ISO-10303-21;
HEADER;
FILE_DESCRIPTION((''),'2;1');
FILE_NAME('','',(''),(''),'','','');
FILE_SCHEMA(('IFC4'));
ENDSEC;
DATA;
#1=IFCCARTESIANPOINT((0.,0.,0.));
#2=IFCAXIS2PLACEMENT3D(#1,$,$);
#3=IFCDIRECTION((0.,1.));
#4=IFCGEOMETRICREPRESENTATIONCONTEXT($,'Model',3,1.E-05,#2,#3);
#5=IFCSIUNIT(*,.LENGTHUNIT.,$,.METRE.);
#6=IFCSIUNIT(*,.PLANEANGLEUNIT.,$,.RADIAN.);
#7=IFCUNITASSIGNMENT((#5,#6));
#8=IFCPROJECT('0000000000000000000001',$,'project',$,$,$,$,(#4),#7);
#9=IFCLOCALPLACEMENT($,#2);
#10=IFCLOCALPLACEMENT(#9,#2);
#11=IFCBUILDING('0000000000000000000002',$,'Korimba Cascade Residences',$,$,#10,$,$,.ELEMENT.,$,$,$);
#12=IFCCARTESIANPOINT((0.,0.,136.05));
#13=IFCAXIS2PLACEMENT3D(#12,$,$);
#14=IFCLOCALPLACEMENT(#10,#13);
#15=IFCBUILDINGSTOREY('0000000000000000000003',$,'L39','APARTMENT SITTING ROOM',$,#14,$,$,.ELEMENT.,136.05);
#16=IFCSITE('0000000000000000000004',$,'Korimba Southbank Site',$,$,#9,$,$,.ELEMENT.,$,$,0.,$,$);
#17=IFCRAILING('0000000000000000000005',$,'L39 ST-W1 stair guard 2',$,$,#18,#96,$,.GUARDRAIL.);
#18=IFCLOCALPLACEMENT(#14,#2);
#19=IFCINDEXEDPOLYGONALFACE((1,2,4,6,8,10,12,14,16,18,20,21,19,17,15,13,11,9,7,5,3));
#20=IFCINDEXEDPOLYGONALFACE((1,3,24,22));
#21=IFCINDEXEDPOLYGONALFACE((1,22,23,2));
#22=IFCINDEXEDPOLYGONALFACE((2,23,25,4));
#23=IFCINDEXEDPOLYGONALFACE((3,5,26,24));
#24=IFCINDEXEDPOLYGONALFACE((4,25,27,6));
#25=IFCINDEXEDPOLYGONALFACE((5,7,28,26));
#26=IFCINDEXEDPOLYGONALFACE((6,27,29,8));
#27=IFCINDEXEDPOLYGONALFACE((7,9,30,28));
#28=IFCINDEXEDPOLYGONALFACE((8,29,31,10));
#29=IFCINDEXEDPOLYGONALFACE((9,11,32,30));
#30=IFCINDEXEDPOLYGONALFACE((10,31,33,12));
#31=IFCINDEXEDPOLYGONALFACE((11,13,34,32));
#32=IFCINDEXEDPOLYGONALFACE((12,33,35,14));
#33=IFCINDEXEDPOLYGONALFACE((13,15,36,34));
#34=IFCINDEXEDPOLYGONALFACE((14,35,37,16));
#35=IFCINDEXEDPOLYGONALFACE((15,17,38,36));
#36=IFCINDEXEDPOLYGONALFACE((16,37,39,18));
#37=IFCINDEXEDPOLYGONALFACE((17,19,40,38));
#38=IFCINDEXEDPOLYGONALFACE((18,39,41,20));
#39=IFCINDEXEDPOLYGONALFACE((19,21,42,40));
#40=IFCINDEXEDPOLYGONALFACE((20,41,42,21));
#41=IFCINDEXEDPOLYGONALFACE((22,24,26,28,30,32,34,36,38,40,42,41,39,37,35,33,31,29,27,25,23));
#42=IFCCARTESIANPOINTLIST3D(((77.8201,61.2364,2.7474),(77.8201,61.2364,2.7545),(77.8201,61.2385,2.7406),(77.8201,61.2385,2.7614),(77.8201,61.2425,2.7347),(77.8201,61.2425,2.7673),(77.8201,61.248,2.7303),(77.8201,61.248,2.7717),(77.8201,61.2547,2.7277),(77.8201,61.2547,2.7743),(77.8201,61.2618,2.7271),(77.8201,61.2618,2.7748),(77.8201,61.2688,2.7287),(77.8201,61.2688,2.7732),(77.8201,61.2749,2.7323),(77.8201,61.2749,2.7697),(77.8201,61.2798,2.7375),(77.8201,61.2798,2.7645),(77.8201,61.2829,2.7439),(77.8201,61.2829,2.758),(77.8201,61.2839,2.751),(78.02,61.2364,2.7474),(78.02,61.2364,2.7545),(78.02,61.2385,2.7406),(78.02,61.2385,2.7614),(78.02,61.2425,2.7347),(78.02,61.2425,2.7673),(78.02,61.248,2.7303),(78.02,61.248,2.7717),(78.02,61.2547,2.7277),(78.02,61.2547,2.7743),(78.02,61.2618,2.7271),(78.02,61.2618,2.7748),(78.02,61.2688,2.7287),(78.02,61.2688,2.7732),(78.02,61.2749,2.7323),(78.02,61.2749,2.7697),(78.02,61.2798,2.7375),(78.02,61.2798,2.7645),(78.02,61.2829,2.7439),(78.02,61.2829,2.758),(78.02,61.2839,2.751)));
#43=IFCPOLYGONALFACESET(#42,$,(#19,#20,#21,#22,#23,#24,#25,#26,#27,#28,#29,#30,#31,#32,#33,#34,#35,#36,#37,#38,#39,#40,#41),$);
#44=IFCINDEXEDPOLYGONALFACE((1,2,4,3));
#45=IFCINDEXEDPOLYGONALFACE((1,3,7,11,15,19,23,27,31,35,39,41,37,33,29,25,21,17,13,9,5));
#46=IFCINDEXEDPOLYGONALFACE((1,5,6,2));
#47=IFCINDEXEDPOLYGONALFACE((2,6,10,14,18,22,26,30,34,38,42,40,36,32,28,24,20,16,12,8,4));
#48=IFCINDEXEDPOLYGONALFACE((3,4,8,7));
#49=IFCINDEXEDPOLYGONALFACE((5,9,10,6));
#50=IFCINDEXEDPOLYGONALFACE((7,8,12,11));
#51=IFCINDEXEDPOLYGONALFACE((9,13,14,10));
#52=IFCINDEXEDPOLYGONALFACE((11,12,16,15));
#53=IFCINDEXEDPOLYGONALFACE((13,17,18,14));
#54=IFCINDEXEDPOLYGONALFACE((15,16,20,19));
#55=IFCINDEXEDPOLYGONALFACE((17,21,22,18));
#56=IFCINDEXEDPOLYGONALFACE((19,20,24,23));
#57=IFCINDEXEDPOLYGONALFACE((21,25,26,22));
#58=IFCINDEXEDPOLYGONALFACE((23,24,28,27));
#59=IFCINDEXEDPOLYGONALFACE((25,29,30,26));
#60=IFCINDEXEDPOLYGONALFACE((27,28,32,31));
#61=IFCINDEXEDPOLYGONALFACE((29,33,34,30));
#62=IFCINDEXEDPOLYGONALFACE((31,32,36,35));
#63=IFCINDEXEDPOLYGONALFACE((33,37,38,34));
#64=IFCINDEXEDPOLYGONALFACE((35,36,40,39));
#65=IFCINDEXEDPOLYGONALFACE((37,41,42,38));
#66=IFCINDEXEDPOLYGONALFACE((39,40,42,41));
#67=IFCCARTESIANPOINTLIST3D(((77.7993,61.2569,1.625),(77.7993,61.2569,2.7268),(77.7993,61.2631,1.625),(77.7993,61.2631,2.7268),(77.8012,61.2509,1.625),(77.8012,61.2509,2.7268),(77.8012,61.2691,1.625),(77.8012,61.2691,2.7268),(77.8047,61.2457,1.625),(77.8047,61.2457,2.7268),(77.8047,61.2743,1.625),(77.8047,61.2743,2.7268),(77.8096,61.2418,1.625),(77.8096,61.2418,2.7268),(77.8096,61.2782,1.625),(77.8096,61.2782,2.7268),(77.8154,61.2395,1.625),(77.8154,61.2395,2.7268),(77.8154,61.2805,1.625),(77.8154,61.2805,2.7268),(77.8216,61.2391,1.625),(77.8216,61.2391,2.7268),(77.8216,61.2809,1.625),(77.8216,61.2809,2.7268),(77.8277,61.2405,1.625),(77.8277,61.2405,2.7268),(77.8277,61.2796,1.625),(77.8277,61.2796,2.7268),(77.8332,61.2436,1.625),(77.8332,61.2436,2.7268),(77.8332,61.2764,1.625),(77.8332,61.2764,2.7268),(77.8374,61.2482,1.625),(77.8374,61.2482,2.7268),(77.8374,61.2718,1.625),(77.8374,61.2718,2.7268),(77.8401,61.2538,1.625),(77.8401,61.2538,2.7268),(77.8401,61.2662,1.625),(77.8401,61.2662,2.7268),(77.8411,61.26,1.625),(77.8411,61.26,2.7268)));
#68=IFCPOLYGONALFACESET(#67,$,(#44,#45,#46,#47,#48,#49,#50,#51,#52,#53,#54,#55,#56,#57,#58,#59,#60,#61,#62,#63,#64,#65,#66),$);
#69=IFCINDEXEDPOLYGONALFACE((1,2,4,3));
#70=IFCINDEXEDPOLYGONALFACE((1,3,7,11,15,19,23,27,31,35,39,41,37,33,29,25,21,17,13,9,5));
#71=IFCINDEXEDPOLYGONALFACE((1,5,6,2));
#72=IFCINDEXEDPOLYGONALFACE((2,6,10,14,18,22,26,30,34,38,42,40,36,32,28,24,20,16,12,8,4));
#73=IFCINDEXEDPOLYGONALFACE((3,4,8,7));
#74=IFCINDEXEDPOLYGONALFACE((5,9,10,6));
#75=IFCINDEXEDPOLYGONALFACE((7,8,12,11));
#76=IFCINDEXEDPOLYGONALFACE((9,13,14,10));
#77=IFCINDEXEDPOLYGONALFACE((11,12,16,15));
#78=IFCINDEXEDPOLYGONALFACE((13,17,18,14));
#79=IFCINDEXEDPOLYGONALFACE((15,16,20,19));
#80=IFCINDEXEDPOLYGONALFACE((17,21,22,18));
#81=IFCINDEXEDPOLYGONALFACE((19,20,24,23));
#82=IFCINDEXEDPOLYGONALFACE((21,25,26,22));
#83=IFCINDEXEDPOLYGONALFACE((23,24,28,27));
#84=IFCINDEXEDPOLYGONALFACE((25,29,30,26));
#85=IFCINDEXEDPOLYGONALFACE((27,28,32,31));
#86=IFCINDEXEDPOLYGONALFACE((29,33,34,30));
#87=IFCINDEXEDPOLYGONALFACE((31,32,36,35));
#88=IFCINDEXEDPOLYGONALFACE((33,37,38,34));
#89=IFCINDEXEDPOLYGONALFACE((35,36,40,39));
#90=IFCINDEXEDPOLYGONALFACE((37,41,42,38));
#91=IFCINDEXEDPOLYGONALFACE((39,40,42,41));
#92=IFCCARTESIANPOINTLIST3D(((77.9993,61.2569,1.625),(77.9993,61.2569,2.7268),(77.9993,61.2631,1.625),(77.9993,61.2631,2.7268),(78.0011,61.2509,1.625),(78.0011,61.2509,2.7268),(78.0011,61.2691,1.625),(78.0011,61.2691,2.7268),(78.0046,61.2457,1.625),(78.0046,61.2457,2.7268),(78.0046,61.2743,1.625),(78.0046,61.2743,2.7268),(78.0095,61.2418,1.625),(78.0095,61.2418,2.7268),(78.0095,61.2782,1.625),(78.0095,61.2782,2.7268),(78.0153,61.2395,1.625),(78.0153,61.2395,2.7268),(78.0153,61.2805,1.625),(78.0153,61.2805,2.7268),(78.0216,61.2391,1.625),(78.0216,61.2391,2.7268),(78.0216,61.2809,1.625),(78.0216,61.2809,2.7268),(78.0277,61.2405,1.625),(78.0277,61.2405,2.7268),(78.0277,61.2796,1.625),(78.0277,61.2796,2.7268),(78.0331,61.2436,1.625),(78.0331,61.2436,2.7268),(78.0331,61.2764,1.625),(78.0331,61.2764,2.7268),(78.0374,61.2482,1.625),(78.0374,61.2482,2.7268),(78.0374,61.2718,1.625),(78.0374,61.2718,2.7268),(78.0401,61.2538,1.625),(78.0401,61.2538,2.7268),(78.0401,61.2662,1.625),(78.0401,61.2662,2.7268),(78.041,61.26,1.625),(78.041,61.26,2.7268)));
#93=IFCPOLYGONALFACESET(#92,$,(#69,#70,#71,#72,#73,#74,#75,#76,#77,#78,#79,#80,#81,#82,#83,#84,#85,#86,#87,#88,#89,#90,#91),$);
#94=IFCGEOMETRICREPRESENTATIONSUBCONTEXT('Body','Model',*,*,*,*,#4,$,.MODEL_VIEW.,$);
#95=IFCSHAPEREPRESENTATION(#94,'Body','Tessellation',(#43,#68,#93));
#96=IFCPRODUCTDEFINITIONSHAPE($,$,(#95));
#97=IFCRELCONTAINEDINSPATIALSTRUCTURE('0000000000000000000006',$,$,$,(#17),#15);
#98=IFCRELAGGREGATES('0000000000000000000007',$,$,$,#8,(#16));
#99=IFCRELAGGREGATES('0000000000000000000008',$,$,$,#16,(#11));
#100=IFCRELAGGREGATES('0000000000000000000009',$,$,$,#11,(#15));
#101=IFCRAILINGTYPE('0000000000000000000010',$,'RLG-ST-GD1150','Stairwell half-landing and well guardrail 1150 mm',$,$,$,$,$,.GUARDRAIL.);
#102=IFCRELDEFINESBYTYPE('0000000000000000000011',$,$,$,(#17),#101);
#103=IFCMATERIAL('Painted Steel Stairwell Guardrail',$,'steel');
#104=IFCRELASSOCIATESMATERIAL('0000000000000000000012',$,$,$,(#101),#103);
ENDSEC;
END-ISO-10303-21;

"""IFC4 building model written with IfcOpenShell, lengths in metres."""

from ifc_helpers import new_model, si_unit, direction, frame, origin, origin_2d, place, context, subcontext, project, spatial, circle, extrude, material, type_object, element, save


model = new_model("IFC4")

# Units and contexts
model_context = context("Model", 3, precision=1e-05, world=origin(), true_north=direction((0.0, 1.0)))
body_context = subcontext(model_context, "Body", "Model", "MODEL_VIEW")
ifc_project = project(units=[si_unit("LENGTHUNIT", "METRE"), si_unit("PLANEANGLEUNIT", "RADIAN")], contexts=[model_context])

# Site, building, storey
site_placement = place(None, origin())
site = spatial("IfcSite", under=ifc_project, at=site_placement, Name="Korimba Southbank Site", CompositionType="ELEMENT", RefElevation=0.0)
building_placement = place(site_placement, origin())
building = spatial("IfcBuilding", under=site, at=building_placement, Name="Korimba Cascade Residences", CompositionType="ELEMENT")
storey_placement = place(building_placement, frame((0.0, 0.0, 136.05)))
storey = spatial("IfcBuildingStorey", under=building, at=storey_placement, Name="L39", Description="APARTMENT SITTING ROOM", CompositionType="ELEMENT", Elevation=136.05)

# Railing
ifc_material_1 = material(Name="Painted Steel Stairwell Guardrail", Category="steel")
railing_type_1 = type_object("IfcRailingType", Name="RLG-ST-GD1150", Description="Stairwell half-landing and well guardrail 1150 mm", PredefinedType="GUARDRAIL", material=ifc_material_1)
railing_1_placement = place(storey_placement, frame((77.8201, 61.26, 1.625)))
element("IfcRailing", 1, at=railing_1_placement, inside=storey, type_object=railing_type_1, Name="L39 ST-W1 stair guard 2", PredefinedType="GUARDRAIL", context=body_context, shape_type="SweptSolid", body=[
    extrude(circle(Radius=0.0239, at=origin_2d()), frame((0.0, 0.0, 1.126), z_axis=(1.0, 0.0, 0.0), x_axis=(0.0, 1.0, 0.0)), (0.0, 0.0, 1.0), 0.2),
    extrude(circle(Radius=0.021, at=origin_2d()), origin(), (0.0, 0.0, 1.0), 1.1018),
    extrude(circle(Radius=0.021, at=origin_2d()), frame((0.2, 0.0, 0.0)), (0.0, 0.0, 1.0), 1.1018),
])

save(model, "model.ifc")
